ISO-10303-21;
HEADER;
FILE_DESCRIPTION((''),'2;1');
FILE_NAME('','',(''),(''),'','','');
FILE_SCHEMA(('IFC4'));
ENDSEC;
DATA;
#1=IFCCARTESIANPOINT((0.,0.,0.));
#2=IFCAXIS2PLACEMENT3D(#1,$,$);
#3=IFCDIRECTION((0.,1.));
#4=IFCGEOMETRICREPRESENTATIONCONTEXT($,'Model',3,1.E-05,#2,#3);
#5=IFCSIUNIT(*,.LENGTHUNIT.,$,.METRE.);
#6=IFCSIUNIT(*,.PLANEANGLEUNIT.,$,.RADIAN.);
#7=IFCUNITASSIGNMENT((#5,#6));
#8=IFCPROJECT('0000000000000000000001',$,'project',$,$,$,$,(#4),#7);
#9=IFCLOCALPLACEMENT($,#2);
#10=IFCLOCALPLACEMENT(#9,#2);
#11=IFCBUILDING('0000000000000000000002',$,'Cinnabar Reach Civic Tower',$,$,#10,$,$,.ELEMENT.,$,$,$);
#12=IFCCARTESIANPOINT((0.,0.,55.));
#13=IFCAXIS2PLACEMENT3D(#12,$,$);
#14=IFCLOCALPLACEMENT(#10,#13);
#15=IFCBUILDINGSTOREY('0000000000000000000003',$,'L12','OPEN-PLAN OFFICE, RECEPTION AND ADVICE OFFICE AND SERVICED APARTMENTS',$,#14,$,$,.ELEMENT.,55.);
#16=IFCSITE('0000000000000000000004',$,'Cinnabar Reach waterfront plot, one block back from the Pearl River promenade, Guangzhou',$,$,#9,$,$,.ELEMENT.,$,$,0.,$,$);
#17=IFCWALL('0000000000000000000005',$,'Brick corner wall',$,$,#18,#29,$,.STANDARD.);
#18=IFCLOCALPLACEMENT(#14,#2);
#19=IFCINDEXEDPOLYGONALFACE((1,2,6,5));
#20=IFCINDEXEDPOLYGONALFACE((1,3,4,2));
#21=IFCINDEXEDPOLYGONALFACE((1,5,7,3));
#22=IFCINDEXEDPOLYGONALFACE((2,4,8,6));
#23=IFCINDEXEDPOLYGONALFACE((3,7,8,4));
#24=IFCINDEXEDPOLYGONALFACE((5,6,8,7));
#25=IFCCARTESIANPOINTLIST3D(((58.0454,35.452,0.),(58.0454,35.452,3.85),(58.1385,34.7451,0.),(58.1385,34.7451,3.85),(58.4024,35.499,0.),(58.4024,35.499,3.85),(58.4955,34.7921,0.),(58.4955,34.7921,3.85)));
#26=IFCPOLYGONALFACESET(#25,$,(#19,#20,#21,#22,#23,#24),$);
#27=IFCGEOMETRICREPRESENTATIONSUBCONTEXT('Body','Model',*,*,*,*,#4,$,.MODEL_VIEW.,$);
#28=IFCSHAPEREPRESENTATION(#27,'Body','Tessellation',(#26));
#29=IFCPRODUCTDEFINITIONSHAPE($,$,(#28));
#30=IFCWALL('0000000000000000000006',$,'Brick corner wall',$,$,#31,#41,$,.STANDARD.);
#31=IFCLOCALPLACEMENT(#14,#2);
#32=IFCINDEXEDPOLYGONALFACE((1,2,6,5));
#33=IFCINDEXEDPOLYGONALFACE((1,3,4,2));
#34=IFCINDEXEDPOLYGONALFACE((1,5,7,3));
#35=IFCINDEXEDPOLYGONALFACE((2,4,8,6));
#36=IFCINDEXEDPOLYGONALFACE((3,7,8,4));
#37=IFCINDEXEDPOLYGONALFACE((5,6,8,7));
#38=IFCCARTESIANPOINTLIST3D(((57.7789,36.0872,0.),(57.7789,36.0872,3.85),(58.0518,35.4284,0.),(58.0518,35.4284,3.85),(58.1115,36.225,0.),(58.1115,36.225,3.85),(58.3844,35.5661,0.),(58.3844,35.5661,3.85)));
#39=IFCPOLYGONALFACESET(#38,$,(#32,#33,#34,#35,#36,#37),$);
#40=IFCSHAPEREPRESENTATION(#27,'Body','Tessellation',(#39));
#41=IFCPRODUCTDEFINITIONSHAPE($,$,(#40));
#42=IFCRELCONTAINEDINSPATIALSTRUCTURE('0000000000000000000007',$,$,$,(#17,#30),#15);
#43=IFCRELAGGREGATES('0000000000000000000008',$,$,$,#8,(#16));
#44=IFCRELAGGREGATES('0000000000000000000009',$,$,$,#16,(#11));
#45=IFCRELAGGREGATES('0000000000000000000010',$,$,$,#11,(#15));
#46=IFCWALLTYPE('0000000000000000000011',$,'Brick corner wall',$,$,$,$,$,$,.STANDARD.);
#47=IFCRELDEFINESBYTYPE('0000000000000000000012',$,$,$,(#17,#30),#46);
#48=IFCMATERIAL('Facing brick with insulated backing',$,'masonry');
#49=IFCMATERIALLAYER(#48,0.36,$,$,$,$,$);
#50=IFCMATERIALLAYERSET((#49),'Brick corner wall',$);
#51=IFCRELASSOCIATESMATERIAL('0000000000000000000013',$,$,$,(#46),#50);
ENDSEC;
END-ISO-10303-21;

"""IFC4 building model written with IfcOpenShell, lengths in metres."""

from ifc_helpers import new_model, si_unit, direction, frame, frame_2d, origin, place, context, subcontext, project, spatial, rectangle, extrude, material, layer, layer_set, type_object, element, save


model = new_model("IFC4")

# Units and contexts
model_context = context("Model", 3, precision=1e-05, world=origin(), true_north=direction((0.0, 1.0)))
body_context = subcontext(model_context, "Body", "Model", "MODEL_VIEW")
ifc_project = project(units=[si_unit("LENGTHUNIT", "METRE"), si_unit("PLANEANGLEUNIT", "RADIAN")], contexts=[model_context])

# Site, building, storey
site_placement = place(None, origin())
site = spatial("IfcSite", under=ifc_project, at=site_placement, Name="Cinnabar Reach waterfront plot, one block back from the Pearl River promenade, Guangzhou", CompositionType="ELEMENT", RefElevation=0.0)
building_placement = place(site_placement, origin())
building = spatial("IfcBuilding", under=site, at=building_placement, Name="Cinnabar Reach Civic Tower", CompositionType="ELEMENT")
storey_placement = place(building_placement, frame((0.0, 0.0, 55.0)))
storey = spatial("IfcBuildingStorey", under=building, at=storey_placement, Name="L12", Description="OPEN-PLAN OFFICE, RECEPTION AND ADVICE OFFICE AND SERVICED APARTMENTS", CompositionType="ELEMENT", Elevation=55.0)

# Walls
ifc_material_1 = material(Name="Facing brick with insulated backing", Category="masonry")
ifc_layer = layer(ifc_material_1, 0.36)
ifc_layer_set = layer_set([ifc_layer], Name="Brick corner wall")
wall_type = type_object("IfcWallType", Name="Brick corner wall", PredefinedType="STANDARD", material=ifc_layer_set)
for number, where, z_axis, x_axis, name in (
    (1, (58.317, 34.7686, 0.0), (0.0, 0.0, 1.0), (-0.130556, 0.991441, 0.0), "Brick corner wall"),
    (2, (58.2181, 35.4973, 0.0), (0.0, 0.0, 1.0), (-0.382703, 0.923872, 0.0), "Brick corner wall"),
):
    element("IfcWall", number, at=place(storey_placement, frame(where, z_axis=z_axis, x_axis=x_axis)), inside=storey, type_object=wall_type, Name=name, PredefinedType="STANDARD", context=body_context, shape_type="SweptSolid", body=[
        extrude(rectangle(XDim=0.7131, YDim=0.36, at=frame_2d((0.3565, 0.0))), origin(), (0.0, 0.0, 1.0), 3.85),
    ])

save(model, "model.ifc")
